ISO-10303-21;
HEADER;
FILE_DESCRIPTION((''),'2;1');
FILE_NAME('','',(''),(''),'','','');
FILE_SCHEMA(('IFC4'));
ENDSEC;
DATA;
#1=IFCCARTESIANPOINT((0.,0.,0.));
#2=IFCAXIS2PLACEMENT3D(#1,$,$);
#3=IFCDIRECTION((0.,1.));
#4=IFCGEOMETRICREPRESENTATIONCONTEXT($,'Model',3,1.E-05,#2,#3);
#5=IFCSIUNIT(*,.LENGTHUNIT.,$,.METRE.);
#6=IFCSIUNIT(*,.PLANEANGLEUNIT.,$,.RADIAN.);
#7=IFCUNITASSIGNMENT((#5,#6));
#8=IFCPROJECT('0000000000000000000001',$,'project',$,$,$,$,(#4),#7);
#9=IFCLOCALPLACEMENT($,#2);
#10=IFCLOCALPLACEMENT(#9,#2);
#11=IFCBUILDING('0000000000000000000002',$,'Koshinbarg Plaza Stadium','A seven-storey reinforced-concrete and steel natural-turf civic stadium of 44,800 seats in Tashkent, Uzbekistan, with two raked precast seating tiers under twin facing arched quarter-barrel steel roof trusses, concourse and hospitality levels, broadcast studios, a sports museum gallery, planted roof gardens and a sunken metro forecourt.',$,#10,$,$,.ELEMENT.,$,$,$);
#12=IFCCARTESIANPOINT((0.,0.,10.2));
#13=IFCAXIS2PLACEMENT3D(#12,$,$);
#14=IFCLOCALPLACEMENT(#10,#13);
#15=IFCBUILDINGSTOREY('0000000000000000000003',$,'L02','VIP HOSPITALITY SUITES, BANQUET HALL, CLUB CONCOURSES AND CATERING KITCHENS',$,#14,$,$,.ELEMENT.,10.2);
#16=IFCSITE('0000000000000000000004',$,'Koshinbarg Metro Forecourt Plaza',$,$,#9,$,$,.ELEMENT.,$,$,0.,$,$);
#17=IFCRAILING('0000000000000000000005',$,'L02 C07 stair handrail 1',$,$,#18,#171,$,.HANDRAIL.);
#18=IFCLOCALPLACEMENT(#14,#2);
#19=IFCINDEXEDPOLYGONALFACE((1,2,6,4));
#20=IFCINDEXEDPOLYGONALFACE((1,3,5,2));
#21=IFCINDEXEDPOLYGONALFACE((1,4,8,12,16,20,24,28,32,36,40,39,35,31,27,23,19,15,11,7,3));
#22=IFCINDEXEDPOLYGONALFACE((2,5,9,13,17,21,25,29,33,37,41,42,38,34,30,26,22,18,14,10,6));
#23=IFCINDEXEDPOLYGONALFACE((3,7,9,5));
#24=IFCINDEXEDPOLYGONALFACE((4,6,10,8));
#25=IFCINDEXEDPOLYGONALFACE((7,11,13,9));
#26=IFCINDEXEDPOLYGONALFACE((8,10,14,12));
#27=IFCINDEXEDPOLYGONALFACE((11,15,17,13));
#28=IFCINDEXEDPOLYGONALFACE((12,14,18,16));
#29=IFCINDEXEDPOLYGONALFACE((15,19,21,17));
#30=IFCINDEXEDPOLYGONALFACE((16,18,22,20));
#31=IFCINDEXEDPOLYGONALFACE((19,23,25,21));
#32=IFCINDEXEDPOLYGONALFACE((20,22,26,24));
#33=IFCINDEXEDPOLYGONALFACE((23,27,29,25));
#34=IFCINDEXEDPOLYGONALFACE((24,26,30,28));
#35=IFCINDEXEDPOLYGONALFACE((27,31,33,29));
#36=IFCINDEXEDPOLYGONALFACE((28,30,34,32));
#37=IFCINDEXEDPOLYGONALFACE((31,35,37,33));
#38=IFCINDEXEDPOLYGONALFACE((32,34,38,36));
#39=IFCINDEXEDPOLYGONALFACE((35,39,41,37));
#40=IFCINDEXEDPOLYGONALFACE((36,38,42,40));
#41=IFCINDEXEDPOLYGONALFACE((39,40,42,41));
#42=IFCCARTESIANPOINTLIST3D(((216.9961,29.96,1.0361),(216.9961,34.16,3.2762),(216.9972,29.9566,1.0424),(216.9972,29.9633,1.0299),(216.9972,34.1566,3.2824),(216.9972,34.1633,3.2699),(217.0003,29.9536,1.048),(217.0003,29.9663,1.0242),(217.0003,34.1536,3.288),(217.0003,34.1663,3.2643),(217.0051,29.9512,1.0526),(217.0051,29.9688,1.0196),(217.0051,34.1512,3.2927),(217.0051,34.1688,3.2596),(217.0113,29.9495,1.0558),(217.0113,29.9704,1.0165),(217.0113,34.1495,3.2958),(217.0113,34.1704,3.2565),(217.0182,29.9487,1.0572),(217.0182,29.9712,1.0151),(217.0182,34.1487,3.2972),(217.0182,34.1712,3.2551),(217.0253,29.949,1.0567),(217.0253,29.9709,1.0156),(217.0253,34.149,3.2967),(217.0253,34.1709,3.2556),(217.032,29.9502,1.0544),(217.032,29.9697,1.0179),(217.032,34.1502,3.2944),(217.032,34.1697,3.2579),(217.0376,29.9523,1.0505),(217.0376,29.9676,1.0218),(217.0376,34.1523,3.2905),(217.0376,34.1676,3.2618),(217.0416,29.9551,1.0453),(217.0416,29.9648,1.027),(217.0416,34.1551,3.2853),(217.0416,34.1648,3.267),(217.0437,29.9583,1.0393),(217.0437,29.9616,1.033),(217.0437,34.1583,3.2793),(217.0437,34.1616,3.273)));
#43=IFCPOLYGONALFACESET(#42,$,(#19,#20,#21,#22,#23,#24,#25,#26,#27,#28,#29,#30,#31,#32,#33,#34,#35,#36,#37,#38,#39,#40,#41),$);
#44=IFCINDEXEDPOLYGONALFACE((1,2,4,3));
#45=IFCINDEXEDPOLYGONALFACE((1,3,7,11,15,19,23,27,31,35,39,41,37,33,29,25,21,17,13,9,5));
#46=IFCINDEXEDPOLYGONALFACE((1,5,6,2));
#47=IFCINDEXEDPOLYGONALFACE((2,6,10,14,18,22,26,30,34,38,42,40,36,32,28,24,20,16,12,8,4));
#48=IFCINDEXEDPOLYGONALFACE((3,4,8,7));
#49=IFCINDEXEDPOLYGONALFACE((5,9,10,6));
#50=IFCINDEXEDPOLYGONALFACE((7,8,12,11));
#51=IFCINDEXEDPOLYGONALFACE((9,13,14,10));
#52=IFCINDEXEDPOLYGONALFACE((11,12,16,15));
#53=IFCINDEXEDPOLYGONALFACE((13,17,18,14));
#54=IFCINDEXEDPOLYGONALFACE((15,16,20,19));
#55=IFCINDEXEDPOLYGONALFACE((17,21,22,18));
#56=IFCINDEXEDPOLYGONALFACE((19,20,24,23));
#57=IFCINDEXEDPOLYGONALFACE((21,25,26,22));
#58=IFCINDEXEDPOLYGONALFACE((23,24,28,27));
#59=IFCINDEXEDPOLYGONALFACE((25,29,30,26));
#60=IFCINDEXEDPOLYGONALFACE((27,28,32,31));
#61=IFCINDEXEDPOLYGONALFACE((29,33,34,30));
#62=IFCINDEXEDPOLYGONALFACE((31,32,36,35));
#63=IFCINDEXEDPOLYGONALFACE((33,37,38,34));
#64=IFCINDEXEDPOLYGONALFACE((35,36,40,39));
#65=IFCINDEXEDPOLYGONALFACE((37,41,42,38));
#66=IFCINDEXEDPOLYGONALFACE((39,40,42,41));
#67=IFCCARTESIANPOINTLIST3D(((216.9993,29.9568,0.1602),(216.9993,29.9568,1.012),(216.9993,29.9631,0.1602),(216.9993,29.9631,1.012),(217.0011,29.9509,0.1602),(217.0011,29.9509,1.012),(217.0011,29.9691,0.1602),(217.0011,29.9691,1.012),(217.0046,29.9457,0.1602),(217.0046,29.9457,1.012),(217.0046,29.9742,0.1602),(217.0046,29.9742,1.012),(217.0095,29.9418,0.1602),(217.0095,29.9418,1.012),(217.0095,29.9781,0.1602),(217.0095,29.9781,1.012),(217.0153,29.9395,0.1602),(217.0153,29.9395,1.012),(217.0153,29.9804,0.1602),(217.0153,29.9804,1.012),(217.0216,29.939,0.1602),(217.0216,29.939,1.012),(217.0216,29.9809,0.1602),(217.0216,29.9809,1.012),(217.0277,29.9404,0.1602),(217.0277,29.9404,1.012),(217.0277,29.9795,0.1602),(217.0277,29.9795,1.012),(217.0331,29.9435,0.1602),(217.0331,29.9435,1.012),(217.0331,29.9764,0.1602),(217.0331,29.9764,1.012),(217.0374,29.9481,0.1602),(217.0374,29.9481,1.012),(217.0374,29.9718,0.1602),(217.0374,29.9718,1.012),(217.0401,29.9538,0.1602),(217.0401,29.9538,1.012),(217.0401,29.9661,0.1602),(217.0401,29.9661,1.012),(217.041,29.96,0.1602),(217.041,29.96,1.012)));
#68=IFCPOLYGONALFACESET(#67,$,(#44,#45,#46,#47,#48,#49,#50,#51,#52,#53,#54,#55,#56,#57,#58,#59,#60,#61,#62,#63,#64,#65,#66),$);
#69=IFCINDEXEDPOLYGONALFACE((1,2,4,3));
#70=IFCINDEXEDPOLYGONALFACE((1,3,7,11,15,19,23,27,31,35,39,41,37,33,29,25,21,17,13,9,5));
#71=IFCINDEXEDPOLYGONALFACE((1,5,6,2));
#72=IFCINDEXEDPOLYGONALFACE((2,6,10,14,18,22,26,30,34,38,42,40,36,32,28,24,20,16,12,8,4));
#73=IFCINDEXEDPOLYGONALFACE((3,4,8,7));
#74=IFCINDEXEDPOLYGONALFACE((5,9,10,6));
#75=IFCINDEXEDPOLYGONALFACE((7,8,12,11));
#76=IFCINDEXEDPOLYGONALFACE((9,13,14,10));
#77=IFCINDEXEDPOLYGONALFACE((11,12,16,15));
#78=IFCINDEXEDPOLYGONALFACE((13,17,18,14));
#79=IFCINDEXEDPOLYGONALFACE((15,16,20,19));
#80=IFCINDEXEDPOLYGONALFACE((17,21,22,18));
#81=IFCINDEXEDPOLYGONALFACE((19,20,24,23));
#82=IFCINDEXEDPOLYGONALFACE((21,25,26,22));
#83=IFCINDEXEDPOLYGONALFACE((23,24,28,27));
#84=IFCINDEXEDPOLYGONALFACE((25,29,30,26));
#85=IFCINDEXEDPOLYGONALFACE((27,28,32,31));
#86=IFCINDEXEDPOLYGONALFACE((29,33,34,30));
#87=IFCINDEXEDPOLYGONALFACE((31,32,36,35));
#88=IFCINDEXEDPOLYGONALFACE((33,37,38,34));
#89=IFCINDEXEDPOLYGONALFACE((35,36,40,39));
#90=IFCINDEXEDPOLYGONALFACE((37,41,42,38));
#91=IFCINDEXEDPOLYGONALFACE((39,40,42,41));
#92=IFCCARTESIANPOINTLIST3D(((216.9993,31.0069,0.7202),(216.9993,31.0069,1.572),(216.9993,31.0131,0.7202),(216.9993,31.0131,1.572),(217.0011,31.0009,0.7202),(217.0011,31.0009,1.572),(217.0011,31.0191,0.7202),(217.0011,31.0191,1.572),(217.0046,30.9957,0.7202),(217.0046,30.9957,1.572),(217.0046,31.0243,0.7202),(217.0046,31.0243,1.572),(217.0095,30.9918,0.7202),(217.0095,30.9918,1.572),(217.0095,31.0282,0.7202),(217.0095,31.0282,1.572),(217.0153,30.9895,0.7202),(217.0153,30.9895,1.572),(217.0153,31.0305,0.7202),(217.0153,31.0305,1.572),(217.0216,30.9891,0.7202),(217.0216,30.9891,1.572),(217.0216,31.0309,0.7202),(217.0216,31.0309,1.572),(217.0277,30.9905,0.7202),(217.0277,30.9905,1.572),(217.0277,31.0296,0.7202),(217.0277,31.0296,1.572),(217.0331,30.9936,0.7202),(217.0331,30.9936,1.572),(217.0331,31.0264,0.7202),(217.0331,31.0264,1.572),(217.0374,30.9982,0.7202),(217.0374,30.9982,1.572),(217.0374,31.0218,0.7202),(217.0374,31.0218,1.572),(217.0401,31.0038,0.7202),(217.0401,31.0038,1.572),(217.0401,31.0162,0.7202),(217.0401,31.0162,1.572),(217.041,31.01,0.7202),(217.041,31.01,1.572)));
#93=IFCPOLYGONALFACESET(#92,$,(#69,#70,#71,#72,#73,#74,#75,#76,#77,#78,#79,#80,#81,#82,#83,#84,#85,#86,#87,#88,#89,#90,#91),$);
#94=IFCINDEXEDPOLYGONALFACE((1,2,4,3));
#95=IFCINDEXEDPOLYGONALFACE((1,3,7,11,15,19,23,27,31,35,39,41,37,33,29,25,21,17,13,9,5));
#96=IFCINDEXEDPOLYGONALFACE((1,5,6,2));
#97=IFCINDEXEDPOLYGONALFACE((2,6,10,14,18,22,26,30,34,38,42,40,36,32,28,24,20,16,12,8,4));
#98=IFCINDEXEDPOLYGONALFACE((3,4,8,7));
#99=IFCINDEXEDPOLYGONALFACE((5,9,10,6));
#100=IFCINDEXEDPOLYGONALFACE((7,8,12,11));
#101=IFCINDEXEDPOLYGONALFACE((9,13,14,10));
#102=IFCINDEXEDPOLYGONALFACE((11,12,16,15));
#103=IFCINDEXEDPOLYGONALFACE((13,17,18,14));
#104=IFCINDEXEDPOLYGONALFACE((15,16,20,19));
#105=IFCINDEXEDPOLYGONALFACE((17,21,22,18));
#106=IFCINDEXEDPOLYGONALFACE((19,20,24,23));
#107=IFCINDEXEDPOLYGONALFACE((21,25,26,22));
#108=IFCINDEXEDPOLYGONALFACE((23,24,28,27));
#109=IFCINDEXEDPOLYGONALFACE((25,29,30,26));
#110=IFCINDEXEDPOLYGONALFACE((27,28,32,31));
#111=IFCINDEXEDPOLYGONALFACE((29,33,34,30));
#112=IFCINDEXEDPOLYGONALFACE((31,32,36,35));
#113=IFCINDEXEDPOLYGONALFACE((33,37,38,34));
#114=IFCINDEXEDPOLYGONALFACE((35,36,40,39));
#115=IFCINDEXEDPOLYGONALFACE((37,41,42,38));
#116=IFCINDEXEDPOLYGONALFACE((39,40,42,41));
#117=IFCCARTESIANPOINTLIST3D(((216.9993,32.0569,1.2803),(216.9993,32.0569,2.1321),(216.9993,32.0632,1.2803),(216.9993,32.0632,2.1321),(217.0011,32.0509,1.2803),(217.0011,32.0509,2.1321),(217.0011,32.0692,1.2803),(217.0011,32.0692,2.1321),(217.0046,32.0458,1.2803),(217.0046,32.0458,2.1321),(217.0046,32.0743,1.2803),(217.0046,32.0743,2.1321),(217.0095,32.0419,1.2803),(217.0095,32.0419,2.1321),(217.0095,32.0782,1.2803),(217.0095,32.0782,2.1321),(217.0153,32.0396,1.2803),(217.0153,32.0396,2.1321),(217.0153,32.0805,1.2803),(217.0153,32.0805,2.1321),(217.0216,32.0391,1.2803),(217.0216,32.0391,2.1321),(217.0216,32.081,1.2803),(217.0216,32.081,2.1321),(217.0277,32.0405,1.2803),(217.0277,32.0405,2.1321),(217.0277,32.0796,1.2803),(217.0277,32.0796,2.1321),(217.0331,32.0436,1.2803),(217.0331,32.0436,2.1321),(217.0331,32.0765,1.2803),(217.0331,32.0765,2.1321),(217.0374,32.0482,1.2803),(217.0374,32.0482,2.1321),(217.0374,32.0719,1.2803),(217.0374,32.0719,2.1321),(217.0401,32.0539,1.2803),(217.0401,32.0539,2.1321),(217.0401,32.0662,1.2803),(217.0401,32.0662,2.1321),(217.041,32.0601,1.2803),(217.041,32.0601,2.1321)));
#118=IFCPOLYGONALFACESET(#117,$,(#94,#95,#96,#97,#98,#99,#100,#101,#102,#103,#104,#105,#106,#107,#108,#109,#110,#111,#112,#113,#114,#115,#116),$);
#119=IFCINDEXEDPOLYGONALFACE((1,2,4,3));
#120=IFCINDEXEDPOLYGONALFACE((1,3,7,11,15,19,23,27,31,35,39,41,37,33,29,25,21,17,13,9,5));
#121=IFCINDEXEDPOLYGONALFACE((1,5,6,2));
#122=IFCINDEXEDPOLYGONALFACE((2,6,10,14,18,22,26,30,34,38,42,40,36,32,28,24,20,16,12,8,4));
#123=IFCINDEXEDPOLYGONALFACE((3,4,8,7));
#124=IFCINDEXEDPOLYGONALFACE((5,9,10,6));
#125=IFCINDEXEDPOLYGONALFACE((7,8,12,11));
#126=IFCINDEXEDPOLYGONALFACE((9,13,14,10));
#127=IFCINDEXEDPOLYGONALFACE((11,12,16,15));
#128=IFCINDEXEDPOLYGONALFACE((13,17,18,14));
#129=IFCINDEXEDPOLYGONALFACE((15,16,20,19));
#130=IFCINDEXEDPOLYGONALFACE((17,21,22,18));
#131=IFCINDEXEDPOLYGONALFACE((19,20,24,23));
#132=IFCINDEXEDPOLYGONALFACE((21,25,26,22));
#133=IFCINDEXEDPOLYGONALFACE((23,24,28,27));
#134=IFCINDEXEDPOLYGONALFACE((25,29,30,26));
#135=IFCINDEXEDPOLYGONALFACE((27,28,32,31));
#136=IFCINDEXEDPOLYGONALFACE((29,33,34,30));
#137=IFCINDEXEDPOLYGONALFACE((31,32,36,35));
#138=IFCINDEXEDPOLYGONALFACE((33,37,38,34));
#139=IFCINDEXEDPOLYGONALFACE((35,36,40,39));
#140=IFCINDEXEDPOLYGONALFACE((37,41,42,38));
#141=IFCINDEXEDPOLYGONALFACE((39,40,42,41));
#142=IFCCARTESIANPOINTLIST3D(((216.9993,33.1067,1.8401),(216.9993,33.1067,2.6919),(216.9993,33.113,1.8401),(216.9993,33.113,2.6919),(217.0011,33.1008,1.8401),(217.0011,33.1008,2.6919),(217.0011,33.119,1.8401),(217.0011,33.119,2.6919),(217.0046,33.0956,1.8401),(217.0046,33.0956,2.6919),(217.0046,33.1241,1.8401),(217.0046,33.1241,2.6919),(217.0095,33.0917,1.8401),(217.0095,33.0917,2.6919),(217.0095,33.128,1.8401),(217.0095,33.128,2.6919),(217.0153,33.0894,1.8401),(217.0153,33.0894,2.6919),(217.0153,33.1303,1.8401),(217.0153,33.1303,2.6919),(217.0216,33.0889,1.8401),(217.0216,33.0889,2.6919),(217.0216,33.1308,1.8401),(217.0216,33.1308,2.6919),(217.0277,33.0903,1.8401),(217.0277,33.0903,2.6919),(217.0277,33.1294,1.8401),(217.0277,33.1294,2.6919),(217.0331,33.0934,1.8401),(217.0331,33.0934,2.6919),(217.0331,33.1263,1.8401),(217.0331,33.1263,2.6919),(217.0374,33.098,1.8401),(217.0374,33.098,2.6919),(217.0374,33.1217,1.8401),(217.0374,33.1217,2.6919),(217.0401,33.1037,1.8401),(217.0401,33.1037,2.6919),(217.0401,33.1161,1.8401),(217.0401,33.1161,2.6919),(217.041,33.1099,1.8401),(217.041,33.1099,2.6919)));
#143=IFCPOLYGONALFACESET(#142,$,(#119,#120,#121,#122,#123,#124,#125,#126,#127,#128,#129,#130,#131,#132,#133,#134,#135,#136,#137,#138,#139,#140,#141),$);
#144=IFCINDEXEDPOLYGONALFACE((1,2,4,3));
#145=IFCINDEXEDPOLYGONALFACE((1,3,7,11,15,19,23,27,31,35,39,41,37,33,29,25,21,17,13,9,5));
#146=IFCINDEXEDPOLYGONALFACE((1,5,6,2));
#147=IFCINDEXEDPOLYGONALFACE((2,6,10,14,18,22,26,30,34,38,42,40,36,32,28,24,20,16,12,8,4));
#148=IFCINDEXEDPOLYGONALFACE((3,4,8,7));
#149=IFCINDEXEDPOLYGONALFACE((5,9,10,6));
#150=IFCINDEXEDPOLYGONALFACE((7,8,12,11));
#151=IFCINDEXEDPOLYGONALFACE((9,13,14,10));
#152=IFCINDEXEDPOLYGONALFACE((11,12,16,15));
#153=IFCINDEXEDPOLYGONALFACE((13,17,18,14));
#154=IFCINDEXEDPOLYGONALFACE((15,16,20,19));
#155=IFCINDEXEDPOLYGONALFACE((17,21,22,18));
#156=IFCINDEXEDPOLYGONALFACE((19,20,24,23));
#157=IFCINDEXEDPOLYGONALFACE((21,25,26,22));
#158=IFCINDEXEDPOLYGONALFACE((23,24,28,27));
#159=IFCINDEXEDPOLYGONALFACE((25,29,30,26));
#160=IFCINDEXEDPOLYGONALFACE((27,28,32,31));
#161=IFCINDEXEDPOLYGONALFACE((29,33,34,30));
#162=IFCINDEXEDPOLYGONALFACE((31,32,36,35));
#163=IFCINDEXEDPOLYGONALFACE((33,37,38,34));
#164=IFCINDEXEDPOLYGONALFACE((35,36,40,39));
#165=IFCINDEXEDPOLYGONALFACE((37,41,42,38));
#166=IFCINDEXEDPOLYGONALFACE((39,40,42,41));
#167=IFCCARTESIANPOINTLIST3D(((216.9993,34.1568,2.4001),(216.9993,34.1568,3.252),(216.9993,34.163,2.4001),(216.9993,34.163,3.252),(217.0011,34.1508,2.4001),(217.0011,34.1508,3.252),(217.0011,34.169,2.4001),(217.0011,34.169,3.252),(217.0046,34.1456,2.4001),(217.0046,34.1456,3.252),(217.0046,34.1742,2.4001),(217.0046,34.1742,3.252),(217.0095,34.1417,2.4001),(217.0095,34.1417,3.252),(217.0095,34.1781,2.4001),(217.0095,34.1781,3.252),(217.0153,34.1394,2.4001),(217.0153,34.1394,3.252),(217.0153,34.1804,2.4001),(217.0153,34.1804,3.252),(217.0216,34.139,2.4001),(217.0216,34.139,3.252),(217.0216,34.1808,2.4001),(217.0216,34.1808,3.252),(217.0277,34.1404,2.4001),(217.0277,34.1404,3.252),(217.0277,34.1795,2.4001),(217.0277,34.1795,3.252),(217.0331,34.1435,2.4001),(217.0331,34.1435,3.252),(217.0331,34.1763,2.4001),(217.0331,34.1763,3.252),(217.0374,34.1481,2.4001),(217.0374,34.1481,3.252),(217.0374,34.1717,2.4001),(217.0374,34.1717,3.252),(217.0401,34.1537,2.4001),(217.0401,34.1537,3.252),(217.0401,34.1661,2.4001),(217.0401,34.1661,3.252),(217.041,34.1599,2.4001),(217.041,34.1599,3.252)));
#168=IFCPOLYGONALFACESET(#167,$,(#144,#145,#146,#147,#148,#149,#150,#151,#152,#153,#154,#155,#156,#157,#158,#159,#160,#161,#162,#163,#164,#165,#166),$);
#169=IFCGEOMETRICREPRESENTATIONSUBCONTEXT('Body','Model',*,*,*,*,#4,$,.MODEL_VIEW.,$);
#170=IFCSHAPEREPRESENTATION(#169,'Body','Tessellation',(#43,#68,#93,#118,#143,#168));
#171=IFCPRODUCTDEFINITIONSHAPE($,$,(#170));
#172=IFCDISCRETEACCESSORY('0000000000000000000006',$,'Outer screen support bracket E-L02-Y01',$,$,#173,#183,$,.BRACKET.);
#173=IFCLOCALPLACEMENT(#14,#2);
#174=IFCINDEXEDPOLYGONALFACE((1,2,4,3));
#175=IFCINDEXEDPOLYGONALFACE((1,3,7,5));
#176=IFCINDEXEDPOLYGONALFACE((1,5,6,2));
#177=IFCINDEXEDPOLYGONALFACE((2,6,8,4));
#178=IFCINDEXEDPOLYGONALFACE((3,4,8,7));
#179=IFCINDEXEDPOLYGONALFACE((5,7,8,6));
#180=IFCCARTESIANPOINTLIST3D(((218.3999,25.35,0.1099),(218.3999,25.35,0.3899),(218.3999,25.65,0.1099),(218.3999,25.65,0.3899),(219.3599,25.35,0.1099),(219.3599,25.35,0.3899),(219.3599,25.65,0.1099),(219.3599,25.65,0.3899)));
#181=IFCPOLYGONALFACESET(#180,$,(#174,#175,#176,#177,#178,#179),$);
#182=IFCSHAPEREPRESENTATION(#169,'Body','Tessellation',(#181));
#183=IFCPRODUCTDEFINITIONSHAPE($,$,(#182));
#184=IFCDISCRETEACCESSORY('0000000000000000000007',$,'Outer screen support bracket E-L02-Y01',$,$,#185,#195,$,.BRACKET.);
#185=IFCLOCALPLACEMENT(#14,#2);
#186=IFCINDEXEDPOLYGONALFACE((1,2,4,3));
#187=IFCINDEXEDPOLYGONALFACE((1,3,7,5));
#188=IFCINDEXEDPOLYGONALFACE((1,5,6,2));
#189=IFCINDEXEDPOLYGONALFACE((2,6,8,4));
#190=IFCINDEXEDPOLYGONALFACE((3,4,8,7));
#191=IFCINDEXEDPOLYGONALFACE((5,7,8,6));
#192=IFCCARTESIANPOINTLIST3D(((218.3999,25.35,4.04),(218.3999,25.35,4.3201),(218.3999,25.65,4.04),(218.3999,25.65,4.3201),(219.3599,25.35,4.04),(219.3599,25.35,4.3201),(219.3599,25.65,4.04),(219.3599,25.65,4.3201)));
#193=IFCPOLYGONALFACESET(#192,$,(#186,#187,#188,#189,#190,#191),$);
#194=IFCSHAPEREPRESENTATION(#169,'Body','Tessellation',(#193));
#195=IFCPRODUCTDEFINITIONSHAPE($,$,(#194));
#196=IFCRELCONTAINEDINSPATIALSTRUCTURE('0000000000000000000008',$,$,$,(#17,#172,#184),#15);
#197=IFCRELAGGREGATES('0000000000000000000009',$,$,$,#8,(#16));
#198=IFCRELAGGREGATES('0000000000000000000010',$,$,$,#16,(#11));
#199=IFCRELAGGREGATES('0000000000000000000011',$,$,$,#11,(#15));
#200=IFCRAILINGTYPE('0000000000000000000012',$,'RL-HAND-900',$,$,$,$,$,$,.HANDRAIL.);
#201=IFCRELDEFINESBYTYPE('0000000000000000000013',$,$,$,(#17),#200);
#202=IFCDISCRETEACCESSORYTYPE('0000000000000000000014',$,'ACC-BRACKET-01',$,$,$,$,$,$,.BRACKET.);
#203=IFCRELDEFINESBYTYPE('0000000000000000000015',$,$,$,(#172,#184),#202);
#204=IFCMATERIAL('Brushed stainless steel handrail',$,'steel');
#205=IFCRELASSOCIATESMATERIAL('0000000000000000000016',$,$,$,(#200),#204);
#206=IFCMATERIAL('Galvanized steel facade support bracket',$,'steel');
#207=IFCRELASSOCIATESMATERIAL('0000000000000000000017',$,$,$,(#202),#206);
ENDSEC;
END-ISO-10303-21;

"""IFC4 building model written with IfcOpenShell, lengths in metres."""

from ifc_helpers import new_model, si_unit, direction, frame, origin, origin_2d, place, context, subcontext, project, spatial, rectangle, circle, extrude, material, type_object, element, save


model = new_model("IFC4")

# Units and contexts
model_context = context("Model", 3, precision=1e-05, world=origin(), true_north=direction((0.0, 1.0)))
body_context = subcontext(model_context, "Body", "Model", "MODEL_VIEW")
ifc_project = project(units=[si_unit("LENGTHUNIT", "METRE"), si_unit("PLANEANGLEUNIT", "RADIAN")], contexts=[model_context])

# Site, building, storey
site_placement = place(None, origin())
site = spatial("IfcSite", under=ifc_project, at=site_placement, Name="Koshinbarg Metro Forecourt Plaza", CompositionType="ELEMENT", RefElevation=0.0)
building_placement = place(site_placement, origin())
building = spatial("IfcBuilding", under=site, at=building_placement, Name="Koshinbarg Plaza Stadium", Description="A seven-storey reinforced-concrete and steel natural-turf civic stadium of 44,800 seats in Tashkent, Uzbekistan, with two raked precast seating tiers under twin facing arched quarter-barrel steel roof trusses, concourse and hospitality levels, broadcast studios, a sports museum gallery, planted roof gardens and a sunken metro forecourt.", CompositionType="ELEMENT")
storey_placement = place(building_placement, frame((0.0, 0.0, 10.2)))
storey = spatial("IfcBuildingStorey", under=building, at=storey_placement, Name="L02", Description="VIP HOSPITALITY SUITES, BANQUET HALL, CLUB CONCOURSES AND CATERING KITCHENS", CompositionType="ELEMENT", Elevation=10.2)

# Railing
ifc_material_1 = material(Name="Brushed stainless steel handrail", Category="steel")
railing_type_1 = type_object("IfcRailingType", Name="RL-HAND-900", PredefinedType="HANDRAIL", material=ifc_material_1)
railing_1_placement = place(storey_placement, frame((217.02, 29.96, 0.1602)))
element("IfcRailing", 1, at=railing_1_placement, inside=storey, type_object=railing_type_1, Name="L02 C07 stair handrail 1", PredefinedType="HANDRAIL", context=body_context, shape_type="SweptSolid", body=[
    extrude(circle(Radius=0.0239, at=origin_2d()), frame((0.0, 0.0, 0.876), z_axis=(0.0, 0.882352, 0.470591), x_axis=(-1.0, 0.0, 0.0)), (0.0, 0.0, 1.0), 4.76),
    extrude(circle(Radius=0.021, at=origin_2d()), origin(), (0.0, 0.0, 1.0), 0.8518),
    extrude(circle(Radius=0.021, at=origin_2d()), frame((0.0, 1.05, 0.5601)), (0.0, 0.0, 1.0), 0.8518),
    extrude(circle(Radius=0.021, at=origin_2d()), frame((0.0, 2.1001, 1.1201)), (0.0, 0.0, 1.0), 0.8518),
    extrude(circle(Radius=0.021, at=origin_2d()), frame((0.0, 3.1499, 1.6799)), (0.0, 0.0, 1.0), 0.8518),
    extrude(circle(Radius=0.021, at=origin_2d()), frame((0.0, 4.2, 2.24)), (0.0, 0.0, 1.0), 0.8518),
])

# Discrete accessories
ifc_material_2 = material(Name="Galvanized steel facade support bracket", Category="steel")
discrete_accessory_type = type_object("IfcDiscreteAccessoryType", Name="ACC-BRACKET-01", PredefinedType="BRACKET", material=ifc_material_2)
for number, where, z_axis, x_axis, name in (
    (2, (218.8799, 25.5, 0.1099), (0.0, 0.0, 1.0), (1.0, 0.0, 0.0), "Outer screen support bracket E-L02-Y01"),
    (3, (218.8799, 25.5, 4.04), (0.0, 0.0, 1.0), (1.0, 0.0, 0.0), "Outer screen support bracket E-L02-Y01"),
):
    element("IfcDiscreteAccessory", number, at=place(storey_placement, frame(where, z_axis=z_axis, x_axis=x_axis)), inside=storey, type_object=discrete_accessory_type, Name=name, PredefinedType="BRACKET", context=body_context, shape_type="SweptSolid", body=[
        extrude(rectangle(XDim=0.96, YDim=0.3, at=origin_2d()), origin(), (0.0, 0.0, 1.0), 0.28),
    ])

save(model, "model.ifc")
